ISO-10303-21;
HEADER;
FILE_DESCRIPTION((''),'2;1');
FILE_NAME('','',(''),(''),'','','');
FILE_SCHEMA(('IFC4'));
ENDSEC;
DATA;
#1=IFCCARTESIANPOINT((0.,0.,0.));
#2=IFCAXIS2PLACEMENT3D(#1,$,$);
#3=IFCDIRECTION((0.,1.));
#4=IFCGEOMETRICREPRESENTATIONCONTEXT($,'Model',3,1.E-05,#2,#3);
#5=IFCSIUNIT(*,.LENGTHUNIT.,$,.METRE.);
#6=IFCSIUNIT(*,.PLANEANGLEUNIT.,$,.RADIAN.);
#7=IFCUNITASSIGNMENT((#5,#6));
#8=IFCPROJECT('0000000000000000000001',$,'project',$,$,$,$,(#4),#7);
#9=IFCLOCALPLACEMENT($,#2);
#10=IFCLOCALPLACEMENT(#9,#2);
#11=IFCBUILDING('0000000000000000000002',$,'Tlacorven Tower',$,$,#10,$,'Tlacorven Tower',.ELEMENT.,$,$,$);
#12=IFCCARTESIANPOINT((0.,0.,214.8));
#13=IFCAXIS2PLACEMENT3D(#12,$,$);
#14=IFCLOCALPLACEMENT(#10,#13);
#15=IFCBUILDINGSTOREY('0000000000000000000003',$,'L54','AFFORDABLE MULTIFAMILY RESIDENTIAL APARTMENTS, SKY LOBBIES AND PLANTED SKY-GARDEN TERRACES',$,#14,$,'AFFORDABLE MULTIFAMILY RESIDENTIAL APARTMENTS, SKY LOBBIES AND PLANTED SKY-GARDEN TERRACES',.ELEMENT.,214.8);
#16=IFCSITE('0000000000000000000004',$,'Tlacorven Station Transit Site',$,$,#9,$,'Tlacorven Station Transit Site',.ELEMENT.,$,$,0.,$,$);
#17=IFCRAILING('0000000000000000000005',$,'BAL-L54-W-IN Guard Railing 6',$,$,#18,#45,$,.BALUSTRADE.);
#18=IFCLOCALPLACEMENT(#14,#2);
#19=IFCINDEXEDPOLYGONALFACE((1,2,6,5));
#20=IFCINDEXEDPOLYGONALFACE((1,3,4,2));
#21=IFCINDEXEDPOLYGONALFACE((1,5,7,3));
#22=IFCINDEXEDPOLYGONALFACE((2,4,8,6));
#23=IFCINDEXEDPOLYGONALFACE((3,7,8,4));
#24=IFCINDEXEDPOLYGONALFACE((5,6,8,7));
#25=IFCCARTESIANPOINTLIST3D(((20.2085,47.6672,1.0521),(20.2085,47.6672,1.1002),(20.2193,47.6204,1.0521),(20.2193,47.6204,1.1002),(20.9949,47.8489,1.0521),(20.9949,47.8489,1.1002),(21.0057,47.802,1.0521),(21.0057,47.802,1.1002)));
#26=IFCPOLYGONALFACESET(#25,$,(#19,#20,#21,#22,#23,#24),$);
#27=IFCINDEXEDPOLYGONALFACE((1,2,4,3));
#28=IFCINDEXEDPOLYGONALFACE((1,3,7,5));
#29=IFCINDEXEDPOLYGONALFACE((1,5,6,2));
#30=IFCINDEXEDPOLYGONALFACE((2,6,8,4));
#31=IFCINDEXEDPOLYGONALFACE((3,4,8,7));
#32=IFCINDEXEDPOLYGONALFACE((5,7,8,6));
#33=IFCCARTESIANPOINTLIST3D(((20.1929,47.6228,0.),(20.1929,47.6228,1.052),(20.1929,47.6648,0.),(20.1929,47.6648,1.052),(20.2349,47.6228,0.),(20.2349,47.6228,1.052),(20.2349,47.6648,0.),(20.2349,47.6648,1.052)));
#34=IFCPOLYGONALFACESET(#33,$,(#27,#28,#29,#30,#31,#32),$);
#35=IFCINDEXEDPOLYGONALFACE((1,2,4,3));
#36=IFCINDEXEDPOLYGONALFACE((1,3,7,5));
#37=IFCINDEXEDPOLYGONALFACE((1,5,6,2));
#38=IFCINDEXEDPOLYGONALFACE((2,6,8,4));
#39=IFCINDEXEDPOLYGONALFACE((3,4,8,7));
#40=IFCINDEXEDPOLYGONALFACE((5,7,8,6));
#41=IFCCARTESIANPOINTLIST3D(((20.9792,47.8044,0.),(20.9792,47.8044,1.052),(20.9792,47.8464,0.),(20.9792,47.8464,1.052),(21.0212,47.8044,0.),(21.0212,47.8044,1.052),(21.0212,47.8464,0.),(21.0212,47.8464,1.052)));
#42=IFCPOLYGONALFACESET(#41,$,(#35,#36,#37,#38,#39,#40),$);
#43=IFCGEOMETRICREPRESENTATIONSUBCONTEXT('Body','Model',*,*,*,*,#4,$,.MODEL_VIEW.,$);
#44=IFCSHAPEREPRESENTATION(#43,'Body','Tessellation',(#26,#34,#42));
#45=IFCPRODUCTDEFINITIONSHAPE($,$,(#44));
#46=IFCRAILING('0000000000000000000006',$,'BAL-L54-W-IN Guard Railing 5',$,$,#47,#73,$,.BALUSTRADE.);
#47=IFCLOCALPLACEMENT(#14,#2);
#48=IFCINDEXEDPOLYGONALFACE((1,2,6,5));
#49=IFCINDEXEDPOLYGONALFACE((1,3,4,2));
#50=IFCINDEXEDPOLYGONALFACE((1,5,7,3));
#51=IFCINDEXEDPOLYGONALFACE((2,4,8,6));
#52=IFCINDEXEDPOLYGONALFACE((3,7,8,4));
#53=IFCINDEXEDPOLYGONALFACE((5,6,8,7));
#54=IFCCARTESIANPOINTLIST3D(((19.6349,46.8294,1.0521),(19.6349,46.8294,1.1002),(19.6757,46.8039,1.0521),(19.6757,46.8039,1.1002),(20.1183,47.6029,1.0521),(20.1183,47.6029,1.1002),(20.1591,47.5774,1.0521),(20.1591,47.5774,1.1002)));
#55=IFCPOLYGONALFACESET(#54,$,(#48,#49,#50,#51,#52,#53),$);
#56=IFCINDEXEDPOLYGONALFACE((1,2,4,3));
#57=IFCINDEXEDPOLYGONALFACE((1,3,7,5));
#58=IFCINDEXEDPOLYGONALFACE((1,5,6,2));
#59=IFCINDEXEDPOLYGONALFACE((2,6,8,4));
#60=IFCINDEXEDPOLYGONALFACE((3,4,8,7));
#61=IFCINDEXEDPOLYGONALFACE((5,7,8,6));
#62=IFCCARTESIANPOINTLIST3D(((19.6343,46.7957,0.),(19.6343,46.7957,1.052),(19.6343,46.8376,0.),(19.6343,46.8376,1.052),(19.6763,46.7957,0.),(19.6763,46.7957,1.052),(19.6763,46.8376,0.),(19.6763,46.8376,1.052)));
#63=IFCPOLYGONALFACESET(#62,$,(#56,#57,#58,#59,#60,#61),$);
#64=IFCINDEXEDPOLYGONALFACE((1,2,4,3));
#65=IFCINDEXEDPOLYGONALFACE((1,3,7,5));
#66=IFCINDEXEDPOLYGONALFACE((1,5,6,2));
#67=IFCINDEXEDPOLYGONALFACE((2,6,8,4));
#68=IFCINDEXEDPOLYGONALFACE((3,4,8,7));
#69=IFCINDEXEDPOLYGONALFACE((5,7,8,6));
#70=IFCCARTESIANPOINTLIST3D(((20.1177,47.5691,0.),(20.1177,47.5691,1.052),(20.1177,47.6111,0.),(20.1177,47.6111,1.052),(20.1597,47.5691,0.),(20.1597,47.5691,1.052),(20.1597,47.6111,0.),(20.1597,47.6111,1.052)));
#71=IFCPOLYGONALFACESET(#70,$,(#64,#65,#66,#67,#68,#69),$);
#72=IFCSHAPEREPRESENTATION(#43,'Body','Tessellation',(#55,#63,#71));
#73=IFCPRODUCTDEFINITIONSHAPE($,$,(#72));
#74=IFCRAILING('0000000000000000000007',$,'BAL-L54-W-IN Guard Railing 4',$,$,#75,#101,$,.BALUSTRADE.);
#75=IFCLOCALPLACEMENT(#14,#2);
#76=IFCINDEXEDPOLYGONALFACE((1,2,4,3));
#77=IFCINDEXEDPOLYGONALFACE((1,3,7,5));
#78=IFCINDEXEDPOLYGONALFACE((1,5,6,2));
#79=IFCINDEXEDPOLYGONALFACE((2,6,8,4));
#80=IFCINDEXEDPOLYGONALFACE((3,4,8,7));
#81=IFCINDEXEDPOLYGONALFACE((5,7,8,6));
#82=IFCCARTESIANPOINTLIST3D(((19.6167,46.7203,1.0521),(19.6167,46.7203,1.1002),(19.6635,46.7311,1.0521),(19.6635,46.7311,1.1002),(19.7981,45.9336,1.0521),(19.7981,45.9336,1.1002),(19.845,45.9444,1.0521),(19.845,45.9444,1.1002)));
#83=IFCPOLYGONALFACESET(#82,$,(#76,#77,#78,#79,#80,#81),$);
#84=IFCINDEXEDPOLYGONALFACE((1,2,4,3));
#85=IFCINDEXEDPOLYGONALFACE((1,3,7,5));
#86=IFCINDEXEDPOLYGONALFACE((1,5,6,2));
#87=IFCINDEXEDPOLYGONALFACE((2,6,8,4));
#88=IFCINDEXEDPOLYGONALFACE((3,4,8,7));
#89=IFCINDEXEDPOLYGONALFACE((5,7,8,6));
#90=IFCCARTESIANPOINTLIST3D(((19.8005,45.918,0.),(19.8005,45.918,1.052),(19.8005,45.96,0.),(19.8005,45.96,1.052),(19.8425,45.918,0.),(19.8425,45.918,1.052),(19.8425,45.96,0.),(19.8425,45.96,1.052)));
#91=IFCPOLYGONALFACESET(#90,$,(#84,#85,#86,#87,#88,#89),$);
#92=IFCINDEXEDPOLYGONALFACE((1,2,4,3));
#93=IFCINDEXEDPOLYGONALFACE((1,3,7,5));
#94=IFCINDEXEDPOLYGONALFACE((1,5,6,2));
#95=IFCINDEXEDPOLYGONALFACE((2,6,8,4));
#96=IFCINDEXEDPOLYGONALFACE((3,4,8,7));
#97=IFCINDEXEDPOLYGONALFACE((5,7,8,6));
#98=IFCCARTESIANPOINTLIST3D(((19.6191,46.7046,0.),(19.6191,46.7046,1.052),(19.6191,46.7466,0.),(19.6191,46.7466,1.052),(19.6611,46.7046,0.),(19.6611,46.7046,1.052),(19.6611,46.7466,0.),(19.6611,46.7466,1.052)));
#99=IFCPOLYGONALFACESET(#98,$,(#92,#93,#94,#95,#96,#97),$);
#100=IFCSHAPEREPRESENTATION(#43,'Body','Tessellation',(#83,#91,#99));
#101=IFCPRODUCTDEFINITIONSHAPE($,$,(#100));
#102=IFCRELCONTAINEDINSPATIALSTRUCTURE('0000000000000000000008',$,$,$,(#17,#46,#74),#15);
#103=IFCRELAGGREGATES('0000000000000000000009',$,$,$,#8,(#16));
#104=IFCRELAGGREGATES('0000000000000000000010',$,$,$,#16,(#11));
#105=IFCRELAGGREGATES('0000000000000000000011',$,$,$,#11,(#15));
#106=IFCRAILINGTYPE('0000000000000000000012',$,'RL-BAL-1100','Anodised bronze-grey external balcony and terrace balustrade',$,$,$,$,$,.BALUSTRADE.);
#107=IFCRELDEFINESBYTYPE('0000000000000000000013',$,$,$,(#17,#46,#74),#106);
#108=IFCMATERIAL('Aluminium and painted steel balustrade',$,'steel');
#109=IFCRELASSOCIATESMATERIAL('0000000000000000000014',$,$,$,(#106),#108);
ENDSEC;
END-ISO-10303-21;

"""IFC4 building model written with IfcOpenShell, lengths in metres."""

from ifc_helpers import new_model, si_unit, direction, frame, origin, origin_2d, place, context, subcontext, project, spatial, rectangle, extrude, source, transform, mapped, material, type_object, element, save


model = new_model("IFC4")

# Units and contexts
model_context = context("Model", 3, precision=1e-05, world=origin(), true_north=direction((0.0, 1.0)))
body_context = subcontext(model_context, "Body", "Model", "MODEL_VIEW")
ifc_project = project(units=[si_unit("LENGTHUNIT", "METRE"), si_unit("PLANEANGLEUNIT", "RADIAN")], contexts=[model_context])

# Site, building, storey
site_placement = place(None, origin())
site = spatial("IfcSite", under=ifc_project, at=site_placement, Name="Tlacorven Station Transit Site", LongName="Tlacorven Station Transit Site", CompositionType="ELEMENT", RefElevation=0.0)
building_placement = place(site_placement, origin())
building = spatial("IfcBuilding", under=site, at=building_placement, Name="Tlacorven Tower", LongName="Tlacorven Tower", CompositionType="ELEMENT")
storey_placement = place(building_placement, frame((0.0, 0.0, 214.8)))
storey = spatial("IfcBuildingStorey", under=building, at=storey_placement, Name="L54", Description="AFFORDABLE MULTIFAMILY RESIDENTIAL APARTMENTS, SKY LOBBIES AND PLANTED SKY-GARDEN TERRACES", LongName="AFFORDABLE MULTIFAMILY RESIDENTIAL APARTMENTS, SKY LOBBIES AND PLANTED SKY-GARDEN TERRACES", CompositionType="ELEMENT", Elevation=214.8)

# Railings
ifc_material_1 = material(Name="Aluminium and painted steel balustrade", Category="steel")
railing_type = type_object("IfcRailingType", Name="RL-BAL-1100", Description="Anodised bronze-grey external balcony and terrace balustrade", PredefinedType="BALUSTRADE", material=ifc_material_1)
shared_shape_1 = source(origin(), body_context, "Body", "SweptSolid", [
    extrude(rectangle(XDim=0.0481, YDim=0.0481, at=origin_2d()), frame((0.0, 0.0, 1.0762), z_axis=(0.974345, 0.225058, 0.0), x_axis=(-0.225058, 0.974345, 0.0)), (0.0, 0.0, 1.0), 0.8071),
    extrude(rectangle(XDim=0.042, YDim=0.042, at=origin_2d()), origin(), (0.0, 0.0, 1.0), 1.052),
    extrude(rectangle(XDim=0.042, YDim=0.042, at=origin_2d()), frame((0.7864, 0.1816, 0.0)), (0.0, 0.0, 1.0), 1.052),
])
railing_1_placement = place(storey_placement, frame((20.2139, 47.6438, 0.0)))
element("IfcRailing", 1, at=railing_1_placement, inside=storey, type_object=railing_type, Name="BAL-L54-W-IN Guard Railing 6", PredefinedType="BALUSTRADE", context=body_context, shape_type="MappedRepresentation", body=[
    mapped(shared_shape_1, transform((0.0, 0.0, 0.0), scale=1.0)),
])
shared_shape_2 = source(origin(), body_context, "Body", "SweptSolid", [
    extrude(rectangle(XDim=0.0481, YDim=0.0481, at=origin_2d()), frame((0.0, 0.0, 1.0762), z_axis=(0.529999, 0.847998, 0.0), x_axis=(-0.847998, 0.529999, 0.0)), (0.0, 0.0, 1.0), 0.9121),
    extrude(rectangle(XDim=0.042, YDim=0.042, at=origin_2d()), origin(), (0.0, 0.0, 1.0), 1.052),
    extrude(rectangle(XDim=0.042, YDim=0.042, at=origin_2d()), frame((0.4834, 0.7734, 0.0)), (0.0, 0.0, 1.0), 1.052),
])
railing_2_placement = place(storey_placement, frame((19.6553, 46.8167, 0.0)))
element("IfcRailing", 2, at=railing_2_placement, inside=storey, type_object=railing_type, Name="BAL-L54-W-IN Guard Railing 5", PredefinedType="BALUSTRADE", context=body_context, shape_type="MappedRepresentation", body=[
    mapped(shared_shape_2, transform((0.0, 0.0, 0.0), scale=1.0)),
])
shared_shape_3 = source(origin(), body_context, "Body", "SweptSolid", [
    extrude(rectangle(XDim=0.0481, YDim=0.0481, at=origin_2d()), frame((0.0, 0.0, 1.0762), z_axis=(-0.224705, 0.974427, 0.0), x_axis=(-0.974427, -0.224705, 0.0)), (0.0, 0.0, 1.0), 0.8074),
    extrude(rectangle(XDim=0.042, YDim=0.042, at=origin_2d()), origin(), (0.0, 0.0, 1.0), 1.052),
    extrude(rectangle(XDim=0.042, YDim=0.042, at=origin_2d()), frame((-0.1814, 0.7866, 0.0)), (0.0, 0.0, 1.0), 1.052),
])
railing_3_placement = place(storey_placement, frame((19.8215, 45.939, 0.0)))
element("IfcRailing", 3, at=railing_3_placement, inside=storey, type_object=railing_type, Name="BAL-L54-W-IN Guard Railing 4", PredefinedType="BALUSTRADE", context=body_context, shape_type="MappedRepresentation", body=[
    mapped(shared_shape_3, transform((0.0, 0.0, 0.0), scale=1.0)),
])

save(model, "model.ifc")
